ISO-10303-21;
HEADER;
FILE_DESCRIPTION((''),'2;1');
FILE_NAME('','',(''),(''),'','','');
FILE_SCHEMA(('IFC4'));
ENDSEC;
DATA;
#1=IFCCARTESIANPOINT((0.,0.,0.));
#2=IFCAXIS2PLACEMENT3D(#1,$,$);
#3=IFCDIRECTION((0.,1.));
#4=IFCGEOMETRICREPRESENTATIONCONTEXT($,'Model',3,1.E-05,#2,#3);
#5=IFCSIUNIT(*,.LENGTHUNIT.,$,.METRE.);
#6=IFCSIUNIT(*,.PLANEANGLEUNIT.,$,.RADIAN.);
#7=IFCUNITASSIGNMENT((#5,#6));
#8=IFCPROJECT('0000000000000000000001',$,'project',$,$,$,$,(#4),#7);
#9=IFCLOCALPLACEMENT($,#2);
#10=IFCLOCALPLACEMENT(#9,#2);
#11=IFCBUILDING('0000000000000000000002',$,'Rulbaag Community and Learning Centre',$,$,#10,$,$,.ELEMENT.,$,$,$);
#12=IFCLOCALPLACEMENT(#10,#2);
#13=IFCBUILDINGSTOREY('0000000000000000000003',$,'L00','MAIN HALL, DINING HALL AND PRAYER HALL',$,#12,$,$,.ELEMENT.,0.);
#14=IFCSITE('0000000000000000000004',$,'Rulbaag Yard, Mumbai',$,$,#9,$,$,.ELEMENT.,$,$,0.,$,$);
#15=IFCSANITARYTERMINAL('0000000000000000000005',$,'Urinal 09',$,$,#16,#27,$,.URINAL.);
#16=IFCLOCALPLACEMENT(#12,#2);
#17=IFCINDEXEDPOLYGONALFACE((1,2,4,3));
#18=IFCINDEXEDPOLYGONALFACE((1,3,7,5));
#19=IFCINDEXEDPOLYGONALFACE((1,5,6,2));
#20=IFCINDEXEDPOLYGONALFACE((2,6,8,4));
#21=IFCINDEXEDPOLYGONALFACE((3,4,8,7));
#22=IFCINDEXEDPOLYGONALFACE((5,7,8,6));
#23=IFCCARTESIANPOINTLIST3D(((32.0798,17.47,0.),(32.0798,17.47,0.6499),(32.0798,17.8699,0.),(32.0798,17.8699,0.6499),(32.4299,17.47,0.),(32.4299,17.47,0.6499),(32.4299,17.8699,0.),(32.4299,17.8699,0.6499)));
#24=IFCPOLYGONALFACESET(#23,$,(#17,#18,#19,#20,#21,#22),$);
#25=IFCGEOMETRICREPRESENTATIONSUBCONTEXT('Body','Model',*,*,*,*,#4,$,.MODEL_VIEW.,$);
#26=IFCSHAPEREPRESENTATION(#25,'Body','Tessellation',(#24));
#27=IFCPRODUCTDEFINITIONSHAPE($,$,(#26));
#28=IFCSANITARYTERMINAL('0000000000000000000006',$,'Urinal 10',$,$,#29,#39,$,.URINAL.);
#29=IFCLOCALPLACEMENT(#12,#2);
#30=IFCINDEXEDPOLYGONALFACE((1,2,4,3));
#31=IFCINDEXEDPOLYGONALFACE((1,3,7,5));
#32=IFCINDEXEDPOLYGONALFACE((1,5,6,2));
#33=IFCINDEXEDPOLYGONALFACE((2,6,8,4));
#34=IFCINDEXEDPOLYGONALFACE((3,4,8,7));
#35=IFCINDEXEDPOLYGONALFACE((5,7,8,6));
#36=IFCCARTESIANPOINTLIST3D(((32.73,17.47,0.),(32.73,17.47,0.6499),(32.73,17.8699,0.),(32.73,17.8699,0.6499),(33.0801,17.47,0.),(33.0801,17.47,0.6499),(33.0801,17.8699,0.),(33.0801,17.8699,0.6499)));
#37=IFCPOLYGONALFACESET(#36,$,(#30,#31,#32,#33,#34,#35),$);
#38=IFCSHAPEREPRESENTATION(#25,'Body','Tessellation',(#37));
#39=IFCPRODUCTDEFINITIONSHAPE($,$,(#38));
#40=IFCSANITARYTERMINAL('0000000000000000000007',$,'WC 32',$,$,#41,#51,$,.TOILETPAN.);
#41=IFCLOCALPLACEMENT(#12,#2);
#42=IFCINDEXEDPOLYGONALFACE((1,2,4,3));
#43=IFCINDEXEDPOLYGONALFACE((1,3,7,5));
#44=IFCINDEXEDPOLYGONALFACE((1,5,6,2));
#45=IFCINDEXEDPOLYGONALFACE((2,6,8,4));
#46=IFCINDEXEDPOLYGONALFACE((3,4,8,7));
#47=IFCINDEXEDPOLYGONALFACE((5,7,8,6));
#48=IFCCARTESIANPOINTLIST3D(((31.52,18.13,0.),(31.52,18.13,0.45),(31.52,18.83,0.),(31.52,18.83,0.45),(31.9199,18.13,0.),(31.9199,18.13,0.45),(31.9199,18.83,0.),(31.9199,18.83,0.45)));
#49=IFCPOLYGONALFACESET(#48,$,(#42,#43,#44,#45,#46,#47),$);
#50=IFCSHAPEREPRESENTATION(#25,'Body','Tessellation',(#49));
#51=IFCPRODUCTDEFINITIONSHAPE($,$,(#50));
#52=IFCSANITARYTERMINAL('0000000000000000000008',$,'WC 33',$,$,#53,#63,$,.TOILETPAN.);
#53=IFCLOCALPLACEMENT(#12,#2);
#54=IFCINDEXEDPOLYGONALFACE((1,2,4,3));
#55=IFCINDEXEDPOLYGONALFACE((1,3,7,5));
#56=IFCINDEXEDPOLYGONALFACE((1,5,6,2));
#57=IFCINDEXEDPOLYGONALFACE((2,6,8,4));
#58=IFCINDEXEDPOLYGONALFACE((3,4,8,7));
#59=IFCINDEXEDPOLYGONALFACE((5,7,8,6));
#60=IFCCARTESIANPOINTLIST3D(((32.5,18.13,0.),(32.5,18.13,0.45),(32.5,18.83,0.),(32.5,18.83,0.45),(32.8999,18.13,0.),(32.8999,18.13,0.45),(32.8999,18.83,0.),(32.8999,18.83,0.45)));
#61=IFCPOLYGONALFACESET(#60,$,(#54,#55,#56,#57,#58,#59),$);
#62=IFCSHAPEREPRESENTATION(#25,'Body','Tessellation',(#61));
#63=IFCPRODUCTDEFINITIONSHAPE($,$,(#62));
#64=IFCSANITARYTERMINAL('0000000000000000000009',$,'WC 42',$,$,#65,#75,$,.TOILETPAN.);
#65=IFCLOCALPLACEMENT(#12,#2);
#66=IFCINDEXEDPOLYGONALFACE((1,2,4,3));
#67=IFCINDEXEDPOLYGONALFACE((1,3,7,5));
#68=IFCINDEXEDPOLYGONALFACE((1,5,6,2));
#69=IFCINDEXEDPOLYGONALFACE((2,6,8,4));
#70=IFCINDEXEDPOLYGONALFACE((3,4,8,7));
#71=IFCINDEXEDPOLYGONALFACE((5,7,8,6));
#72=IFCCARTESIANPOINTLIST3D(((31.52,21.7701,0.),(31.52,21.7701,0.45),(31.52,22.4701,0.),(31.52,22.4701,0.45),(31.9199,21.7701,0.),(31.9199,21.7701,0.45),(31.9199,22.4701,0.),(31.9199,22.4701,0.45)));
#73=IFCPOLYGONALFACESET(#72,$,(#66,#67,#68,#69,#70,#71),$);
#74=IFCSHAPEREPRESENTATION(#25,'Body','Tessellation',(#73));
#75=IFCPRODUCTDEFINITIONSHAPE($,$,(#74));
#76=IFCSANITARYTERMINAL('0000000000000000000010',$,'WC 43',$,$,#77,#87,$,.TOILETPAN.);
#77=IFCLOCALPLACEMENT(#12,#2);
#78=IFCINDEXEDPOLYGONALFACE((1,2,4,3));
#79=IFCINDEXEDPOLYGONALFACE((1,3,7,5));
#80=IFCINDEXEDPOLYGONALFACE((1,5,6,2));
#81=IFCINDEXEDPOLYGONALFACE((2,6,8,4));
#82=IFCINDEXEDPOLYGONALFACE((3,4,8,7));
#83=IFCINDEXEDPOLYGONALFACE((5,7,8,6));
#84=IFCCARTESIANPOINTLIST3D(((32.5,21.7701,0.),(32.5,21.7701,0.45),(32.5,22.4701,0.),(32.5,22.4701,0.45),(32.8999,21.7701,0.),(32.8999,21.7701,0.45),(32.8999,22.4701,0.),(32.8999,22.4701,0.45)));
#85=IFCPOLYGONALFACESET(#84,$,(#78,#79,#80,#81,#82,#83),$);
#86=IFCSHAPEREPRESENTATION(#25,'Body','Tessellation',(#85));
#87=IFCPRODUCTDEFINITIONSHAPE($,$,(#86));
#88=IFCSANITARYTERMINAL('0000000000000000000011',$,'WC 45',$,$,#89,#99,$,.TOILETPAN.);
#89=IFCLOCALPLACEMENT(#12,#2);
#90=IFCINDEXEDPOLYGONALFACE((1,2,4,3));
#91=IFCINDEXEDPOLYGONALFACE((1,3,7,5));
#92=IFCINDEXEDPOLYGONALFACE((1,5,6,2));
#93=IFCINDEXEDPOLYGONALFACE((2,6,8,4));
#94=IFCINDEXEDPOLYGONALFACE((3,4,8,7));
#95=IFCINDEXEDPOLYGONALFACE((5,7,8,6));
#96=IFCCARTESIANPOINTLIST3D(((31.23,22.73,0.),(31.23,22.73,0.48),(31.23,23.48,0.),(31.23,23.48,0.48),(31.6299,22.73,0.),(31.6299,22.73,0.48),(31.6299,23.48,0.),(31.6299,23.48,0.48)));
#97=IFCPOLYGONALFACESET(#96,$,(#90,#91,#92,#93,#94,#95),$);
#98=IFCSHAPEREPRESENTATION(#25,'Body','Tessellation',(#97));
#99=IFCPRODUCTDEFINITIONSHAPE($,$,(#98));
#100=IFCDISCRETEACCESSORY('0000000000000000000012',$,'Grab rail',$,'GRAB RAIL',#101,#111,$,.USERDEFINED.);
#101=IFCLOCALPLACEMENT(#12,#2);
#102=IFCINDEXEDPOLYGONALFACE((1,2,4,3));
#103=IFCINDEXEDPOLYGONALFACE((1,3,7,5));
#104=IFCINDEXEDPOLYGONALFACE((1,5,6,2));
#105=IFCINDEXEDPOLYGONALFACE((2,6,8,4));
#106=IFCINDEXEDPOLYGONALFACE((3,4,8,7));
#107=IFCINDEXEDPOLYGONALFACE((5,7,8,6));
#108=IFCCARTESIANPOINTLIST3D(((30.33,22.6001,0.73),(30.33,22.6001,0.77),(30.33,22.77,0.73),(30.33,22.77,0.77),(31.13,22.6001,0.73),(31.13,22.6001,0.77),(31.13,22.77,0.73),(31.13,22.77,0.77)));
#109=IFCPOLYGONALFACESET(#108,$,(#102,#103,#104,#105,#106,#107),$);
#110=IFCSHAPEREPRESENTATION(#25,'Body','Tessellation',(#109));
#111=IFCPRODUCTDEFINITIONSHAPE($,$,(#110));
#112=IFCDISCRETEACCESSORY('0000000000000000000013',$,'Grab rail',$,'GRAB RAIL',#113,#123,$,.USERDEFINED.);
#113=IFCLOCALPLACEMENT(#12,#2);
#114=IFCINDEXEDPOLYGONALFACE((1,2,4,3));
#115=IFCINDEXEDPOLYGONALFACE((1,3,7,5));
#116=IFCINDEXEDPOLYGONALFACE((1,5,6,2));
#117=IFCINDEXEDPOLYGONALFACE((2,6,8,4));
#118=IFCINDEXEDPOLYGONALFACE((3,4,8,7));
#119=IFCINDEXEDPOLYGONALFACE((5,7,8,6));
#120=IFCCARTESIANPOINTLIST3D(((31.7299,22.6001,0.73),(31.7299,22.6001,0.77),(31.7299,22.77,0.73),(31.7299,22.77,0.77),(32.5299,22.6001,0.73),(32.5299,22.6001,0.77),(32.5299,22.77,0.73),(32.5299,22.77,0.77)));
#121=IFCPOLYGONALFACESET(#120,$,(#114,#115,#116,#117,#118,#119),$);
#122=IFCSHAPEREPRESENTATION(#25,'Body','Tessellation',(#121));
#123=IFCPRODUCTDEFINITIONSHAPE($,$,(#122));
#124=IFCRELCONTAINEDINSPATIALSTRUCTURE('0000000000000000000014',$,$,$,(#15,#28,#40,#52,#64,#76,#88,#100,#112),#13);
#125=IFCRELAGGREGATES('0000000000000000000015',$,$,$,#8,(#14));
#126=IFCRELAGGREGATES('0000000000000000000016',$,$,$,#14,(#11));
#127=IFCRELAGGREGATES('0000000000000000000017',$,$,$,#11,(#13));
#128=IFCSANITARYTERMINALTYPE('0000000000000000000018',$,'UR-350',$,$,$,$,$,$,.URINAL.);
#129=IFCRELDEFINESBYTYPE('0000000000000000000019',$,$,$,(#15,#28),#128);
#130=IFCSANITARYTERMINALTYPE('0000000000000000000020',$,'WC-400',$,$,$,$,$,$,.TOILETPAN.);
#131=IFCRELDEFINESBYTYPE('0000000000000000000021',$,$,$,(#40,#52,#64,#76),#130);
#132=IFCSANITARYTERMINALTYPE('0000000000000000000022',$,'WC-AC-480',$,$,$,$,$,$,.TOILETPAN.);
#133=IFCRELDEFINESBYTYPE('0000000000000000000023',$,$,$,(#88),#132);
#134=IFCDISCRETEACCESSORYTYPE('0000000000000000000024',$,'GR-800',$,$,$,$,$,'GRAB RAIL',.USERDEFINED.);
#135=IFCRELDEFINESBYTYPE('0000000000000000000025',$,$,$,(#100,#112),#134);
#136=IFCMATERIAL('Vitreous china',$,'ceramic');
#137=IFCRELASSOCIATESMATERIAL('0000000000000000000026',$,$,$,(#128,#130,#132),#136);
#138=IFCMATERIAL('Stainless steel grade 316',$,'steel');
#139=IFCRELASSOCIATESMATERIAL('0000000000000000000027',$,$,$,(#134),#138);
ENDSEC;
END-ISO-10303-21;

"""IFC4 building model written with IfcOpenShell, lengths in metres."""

from ifc_helpers import new_model, si_unit, direction, frame, origin, origin_2d, place, context, subcontext, project, spatial, rectangle, extrude, material, type_object, element, save


model = new_model("IFC4")

# Units and contexts
model_context = context("Model", 3, precision=1e-05, world=origin(), true_north=direction((0.0, 1.0)))
body_context = subcontext(model_context, "Body", "Model", "MODEL_VIEW")
ifc_project = project(units=[si_unit("LENGTHUNIT", "METRE"), si_unit("PLANEANGLEUNIT", "RADIAN")], contexts=[model_context])

# Site, building, storey
site_placement = place(None, origin())
site = spatial("IfcSite", under=ifc_project, at=site_placement, Name="Rulbaag Yard, Mumbai", CompositionType="ELEMENT", RefElevation=0.0)
building_placement = place(site_placement, origin())
building = spatial("IfcBuilding", under=site, at=building_placement, Name="Rulbaag Community and Learning Centre", CompositionType="ELEMENT")
storey_placement = place(building_placement, origin())
storey = spatial("IfcBuildingStorey", under=building, at=storey_placement, Name="L00", Description="MAIN HALL, DINING HALL AND PRAYER HALL", CompositionType="ELEMENT", Elevation=0.0)

# Sanitary terminals
ifc_material_1 = material(Name="Vitreous china", Category="ceramic")
sanitary_terminal_type_1 = type_object("IfcSanitaryTerminalType", Name="UR-350", PredefinedType="URINAL", material=ifc_material_1)
for number, where, z_axis, x_axis, name in (
    (1, (32.2549, 17.6699, 0.0), (0.0, 0.0, 1.0), (1.0, 0.0, 0.0), "Urinal 09"),
    (2, (32.905, 17.6699, 0.0), (0.0, 0.0, 1.0), (1.0, 0.0, 0.0), "Urinal 10"),
):
    element("IfcSanitaryTerminal", number, at=place(storey_placement, frame(where, z_axis=z_axis, x_axis=x_axis)), inside=storey, type_object=sanitary_terminal_type_1, Name=name, PredefinedType="URINAL", context=body_context, shape_type="SweptSolid", body=[
        extrude(rectangle(XDim=0.3501, YDim=0.3999, at=origin_2d()), origin(), (0.0, 0.0, 1.0), 0.6499),
    ])
sanitary_terminal_type_2 = type_object("IfcSanitaryTerminalType", Name="WC-400", PredefinedType="TOILETPAN", material=ifc_material_1)
for number, where, z_axis, x_axis, name in (
    (3, (31.72, 18.48, 0.0), (0.0, 0.0, 1.0), (1.0, 0.0, 0.0), "WC 32"),
    (4, (32.7, 18.48, 0.0), (0.0, 0.0, 1.0), (1.0, 0.0, 0.0), "WC 33"),
    (5, (31.72, 22.1201, 0.0), (0.0, 0.0, 1.0), (1.0, 0.0, 0.0), "WC 42"),
    (6, (32.7, 22.1201, 0.0), (0.0, 0.0, 1.0), (1.0, 0.0, 0.0), "WC 43"),
):
    element("IfcSanitaryTerminal", number, at=place(storey_placement, frame(where, z_axis=z_axis, x_axis=x_axis)), inside=storey, type_object=sanitary_terminal_type_2, Name=name, PredefinedType="TOILETPAN", context=body_context, shape_type="SweptSolid", body=[
        extrude(rectangle(XDim=0.3999, YDim=0.7, at=origin_2d()), origin(), (0.0, 0.0, 1.0), 0.45),
    ])
sanitary_terminal_type_3 = type_object("IfcSanitaryTerminalType", Name="WC-AC-480", PredefinedType="TOILETPAN", material=ifc_material_1)
sanitary_terminal_1_placement = place(storey_placement, frame((31.4299, 23.105, 0.0), z_axis=(0.0, 0.0, 1.0), x_axis=(1.0, 0.0, 0.0)))
element("IfcSanitaryTerminal", 7, at=sanitary_terminal_1_placement, inside=storey, type_object=sanitary_terminal_type_3, Name="WC 45", PredefinedType="TOILETPAN", context=body_context, shape_type="SweptSolid", body=[
    extrude(rectangle(XDim=0.3999, YDim=0.75, at=origin_2d()), origin(), (0.0, 0.0, 1.0), 0.48),
])

# Discrete accessories
ifc_material_2 = material(Name="Stainless steel grade 316", Category="steel")
discrete_accessory_type = type_object("IfcDiscreteAccessoryType", Name="GR-800", ElementType="GRAB RAIL", PredefinedType="USERDEFINED", material=ifc_material_2)
for number, where, z_axis, x_axis, name in (
    (8, (30.73, 22.6851, 0.73), (0.0, 0.0, 1.0), (1.0, 0.0, 0.0), "Grab rail"),
    (9, (32.1299, 22.6851, 0.73), (0.0, 0.0, 1.0), (1.0, 0.0, 0.0), "Grab rail"),
):
    element("IfcDiscreteAccessory", number, at=place(storey_placement, frame(where, z_axis=z_axis, x_axis=x_axis)), inside=storey, type_object=discrete_accessory_type, Name=name, ObjectType="GRAB RAIL", PredefinedType="USERDEFINED", context=body_context, shape_type="SweptSolid", body=[
        extrude(rectangle(XDim=0.8, YDim=0.1699, at=origin_2d()), origin(), (0.0, 0.0, 1.0), 0.04),
    ])

save(model, "model.ifc")
